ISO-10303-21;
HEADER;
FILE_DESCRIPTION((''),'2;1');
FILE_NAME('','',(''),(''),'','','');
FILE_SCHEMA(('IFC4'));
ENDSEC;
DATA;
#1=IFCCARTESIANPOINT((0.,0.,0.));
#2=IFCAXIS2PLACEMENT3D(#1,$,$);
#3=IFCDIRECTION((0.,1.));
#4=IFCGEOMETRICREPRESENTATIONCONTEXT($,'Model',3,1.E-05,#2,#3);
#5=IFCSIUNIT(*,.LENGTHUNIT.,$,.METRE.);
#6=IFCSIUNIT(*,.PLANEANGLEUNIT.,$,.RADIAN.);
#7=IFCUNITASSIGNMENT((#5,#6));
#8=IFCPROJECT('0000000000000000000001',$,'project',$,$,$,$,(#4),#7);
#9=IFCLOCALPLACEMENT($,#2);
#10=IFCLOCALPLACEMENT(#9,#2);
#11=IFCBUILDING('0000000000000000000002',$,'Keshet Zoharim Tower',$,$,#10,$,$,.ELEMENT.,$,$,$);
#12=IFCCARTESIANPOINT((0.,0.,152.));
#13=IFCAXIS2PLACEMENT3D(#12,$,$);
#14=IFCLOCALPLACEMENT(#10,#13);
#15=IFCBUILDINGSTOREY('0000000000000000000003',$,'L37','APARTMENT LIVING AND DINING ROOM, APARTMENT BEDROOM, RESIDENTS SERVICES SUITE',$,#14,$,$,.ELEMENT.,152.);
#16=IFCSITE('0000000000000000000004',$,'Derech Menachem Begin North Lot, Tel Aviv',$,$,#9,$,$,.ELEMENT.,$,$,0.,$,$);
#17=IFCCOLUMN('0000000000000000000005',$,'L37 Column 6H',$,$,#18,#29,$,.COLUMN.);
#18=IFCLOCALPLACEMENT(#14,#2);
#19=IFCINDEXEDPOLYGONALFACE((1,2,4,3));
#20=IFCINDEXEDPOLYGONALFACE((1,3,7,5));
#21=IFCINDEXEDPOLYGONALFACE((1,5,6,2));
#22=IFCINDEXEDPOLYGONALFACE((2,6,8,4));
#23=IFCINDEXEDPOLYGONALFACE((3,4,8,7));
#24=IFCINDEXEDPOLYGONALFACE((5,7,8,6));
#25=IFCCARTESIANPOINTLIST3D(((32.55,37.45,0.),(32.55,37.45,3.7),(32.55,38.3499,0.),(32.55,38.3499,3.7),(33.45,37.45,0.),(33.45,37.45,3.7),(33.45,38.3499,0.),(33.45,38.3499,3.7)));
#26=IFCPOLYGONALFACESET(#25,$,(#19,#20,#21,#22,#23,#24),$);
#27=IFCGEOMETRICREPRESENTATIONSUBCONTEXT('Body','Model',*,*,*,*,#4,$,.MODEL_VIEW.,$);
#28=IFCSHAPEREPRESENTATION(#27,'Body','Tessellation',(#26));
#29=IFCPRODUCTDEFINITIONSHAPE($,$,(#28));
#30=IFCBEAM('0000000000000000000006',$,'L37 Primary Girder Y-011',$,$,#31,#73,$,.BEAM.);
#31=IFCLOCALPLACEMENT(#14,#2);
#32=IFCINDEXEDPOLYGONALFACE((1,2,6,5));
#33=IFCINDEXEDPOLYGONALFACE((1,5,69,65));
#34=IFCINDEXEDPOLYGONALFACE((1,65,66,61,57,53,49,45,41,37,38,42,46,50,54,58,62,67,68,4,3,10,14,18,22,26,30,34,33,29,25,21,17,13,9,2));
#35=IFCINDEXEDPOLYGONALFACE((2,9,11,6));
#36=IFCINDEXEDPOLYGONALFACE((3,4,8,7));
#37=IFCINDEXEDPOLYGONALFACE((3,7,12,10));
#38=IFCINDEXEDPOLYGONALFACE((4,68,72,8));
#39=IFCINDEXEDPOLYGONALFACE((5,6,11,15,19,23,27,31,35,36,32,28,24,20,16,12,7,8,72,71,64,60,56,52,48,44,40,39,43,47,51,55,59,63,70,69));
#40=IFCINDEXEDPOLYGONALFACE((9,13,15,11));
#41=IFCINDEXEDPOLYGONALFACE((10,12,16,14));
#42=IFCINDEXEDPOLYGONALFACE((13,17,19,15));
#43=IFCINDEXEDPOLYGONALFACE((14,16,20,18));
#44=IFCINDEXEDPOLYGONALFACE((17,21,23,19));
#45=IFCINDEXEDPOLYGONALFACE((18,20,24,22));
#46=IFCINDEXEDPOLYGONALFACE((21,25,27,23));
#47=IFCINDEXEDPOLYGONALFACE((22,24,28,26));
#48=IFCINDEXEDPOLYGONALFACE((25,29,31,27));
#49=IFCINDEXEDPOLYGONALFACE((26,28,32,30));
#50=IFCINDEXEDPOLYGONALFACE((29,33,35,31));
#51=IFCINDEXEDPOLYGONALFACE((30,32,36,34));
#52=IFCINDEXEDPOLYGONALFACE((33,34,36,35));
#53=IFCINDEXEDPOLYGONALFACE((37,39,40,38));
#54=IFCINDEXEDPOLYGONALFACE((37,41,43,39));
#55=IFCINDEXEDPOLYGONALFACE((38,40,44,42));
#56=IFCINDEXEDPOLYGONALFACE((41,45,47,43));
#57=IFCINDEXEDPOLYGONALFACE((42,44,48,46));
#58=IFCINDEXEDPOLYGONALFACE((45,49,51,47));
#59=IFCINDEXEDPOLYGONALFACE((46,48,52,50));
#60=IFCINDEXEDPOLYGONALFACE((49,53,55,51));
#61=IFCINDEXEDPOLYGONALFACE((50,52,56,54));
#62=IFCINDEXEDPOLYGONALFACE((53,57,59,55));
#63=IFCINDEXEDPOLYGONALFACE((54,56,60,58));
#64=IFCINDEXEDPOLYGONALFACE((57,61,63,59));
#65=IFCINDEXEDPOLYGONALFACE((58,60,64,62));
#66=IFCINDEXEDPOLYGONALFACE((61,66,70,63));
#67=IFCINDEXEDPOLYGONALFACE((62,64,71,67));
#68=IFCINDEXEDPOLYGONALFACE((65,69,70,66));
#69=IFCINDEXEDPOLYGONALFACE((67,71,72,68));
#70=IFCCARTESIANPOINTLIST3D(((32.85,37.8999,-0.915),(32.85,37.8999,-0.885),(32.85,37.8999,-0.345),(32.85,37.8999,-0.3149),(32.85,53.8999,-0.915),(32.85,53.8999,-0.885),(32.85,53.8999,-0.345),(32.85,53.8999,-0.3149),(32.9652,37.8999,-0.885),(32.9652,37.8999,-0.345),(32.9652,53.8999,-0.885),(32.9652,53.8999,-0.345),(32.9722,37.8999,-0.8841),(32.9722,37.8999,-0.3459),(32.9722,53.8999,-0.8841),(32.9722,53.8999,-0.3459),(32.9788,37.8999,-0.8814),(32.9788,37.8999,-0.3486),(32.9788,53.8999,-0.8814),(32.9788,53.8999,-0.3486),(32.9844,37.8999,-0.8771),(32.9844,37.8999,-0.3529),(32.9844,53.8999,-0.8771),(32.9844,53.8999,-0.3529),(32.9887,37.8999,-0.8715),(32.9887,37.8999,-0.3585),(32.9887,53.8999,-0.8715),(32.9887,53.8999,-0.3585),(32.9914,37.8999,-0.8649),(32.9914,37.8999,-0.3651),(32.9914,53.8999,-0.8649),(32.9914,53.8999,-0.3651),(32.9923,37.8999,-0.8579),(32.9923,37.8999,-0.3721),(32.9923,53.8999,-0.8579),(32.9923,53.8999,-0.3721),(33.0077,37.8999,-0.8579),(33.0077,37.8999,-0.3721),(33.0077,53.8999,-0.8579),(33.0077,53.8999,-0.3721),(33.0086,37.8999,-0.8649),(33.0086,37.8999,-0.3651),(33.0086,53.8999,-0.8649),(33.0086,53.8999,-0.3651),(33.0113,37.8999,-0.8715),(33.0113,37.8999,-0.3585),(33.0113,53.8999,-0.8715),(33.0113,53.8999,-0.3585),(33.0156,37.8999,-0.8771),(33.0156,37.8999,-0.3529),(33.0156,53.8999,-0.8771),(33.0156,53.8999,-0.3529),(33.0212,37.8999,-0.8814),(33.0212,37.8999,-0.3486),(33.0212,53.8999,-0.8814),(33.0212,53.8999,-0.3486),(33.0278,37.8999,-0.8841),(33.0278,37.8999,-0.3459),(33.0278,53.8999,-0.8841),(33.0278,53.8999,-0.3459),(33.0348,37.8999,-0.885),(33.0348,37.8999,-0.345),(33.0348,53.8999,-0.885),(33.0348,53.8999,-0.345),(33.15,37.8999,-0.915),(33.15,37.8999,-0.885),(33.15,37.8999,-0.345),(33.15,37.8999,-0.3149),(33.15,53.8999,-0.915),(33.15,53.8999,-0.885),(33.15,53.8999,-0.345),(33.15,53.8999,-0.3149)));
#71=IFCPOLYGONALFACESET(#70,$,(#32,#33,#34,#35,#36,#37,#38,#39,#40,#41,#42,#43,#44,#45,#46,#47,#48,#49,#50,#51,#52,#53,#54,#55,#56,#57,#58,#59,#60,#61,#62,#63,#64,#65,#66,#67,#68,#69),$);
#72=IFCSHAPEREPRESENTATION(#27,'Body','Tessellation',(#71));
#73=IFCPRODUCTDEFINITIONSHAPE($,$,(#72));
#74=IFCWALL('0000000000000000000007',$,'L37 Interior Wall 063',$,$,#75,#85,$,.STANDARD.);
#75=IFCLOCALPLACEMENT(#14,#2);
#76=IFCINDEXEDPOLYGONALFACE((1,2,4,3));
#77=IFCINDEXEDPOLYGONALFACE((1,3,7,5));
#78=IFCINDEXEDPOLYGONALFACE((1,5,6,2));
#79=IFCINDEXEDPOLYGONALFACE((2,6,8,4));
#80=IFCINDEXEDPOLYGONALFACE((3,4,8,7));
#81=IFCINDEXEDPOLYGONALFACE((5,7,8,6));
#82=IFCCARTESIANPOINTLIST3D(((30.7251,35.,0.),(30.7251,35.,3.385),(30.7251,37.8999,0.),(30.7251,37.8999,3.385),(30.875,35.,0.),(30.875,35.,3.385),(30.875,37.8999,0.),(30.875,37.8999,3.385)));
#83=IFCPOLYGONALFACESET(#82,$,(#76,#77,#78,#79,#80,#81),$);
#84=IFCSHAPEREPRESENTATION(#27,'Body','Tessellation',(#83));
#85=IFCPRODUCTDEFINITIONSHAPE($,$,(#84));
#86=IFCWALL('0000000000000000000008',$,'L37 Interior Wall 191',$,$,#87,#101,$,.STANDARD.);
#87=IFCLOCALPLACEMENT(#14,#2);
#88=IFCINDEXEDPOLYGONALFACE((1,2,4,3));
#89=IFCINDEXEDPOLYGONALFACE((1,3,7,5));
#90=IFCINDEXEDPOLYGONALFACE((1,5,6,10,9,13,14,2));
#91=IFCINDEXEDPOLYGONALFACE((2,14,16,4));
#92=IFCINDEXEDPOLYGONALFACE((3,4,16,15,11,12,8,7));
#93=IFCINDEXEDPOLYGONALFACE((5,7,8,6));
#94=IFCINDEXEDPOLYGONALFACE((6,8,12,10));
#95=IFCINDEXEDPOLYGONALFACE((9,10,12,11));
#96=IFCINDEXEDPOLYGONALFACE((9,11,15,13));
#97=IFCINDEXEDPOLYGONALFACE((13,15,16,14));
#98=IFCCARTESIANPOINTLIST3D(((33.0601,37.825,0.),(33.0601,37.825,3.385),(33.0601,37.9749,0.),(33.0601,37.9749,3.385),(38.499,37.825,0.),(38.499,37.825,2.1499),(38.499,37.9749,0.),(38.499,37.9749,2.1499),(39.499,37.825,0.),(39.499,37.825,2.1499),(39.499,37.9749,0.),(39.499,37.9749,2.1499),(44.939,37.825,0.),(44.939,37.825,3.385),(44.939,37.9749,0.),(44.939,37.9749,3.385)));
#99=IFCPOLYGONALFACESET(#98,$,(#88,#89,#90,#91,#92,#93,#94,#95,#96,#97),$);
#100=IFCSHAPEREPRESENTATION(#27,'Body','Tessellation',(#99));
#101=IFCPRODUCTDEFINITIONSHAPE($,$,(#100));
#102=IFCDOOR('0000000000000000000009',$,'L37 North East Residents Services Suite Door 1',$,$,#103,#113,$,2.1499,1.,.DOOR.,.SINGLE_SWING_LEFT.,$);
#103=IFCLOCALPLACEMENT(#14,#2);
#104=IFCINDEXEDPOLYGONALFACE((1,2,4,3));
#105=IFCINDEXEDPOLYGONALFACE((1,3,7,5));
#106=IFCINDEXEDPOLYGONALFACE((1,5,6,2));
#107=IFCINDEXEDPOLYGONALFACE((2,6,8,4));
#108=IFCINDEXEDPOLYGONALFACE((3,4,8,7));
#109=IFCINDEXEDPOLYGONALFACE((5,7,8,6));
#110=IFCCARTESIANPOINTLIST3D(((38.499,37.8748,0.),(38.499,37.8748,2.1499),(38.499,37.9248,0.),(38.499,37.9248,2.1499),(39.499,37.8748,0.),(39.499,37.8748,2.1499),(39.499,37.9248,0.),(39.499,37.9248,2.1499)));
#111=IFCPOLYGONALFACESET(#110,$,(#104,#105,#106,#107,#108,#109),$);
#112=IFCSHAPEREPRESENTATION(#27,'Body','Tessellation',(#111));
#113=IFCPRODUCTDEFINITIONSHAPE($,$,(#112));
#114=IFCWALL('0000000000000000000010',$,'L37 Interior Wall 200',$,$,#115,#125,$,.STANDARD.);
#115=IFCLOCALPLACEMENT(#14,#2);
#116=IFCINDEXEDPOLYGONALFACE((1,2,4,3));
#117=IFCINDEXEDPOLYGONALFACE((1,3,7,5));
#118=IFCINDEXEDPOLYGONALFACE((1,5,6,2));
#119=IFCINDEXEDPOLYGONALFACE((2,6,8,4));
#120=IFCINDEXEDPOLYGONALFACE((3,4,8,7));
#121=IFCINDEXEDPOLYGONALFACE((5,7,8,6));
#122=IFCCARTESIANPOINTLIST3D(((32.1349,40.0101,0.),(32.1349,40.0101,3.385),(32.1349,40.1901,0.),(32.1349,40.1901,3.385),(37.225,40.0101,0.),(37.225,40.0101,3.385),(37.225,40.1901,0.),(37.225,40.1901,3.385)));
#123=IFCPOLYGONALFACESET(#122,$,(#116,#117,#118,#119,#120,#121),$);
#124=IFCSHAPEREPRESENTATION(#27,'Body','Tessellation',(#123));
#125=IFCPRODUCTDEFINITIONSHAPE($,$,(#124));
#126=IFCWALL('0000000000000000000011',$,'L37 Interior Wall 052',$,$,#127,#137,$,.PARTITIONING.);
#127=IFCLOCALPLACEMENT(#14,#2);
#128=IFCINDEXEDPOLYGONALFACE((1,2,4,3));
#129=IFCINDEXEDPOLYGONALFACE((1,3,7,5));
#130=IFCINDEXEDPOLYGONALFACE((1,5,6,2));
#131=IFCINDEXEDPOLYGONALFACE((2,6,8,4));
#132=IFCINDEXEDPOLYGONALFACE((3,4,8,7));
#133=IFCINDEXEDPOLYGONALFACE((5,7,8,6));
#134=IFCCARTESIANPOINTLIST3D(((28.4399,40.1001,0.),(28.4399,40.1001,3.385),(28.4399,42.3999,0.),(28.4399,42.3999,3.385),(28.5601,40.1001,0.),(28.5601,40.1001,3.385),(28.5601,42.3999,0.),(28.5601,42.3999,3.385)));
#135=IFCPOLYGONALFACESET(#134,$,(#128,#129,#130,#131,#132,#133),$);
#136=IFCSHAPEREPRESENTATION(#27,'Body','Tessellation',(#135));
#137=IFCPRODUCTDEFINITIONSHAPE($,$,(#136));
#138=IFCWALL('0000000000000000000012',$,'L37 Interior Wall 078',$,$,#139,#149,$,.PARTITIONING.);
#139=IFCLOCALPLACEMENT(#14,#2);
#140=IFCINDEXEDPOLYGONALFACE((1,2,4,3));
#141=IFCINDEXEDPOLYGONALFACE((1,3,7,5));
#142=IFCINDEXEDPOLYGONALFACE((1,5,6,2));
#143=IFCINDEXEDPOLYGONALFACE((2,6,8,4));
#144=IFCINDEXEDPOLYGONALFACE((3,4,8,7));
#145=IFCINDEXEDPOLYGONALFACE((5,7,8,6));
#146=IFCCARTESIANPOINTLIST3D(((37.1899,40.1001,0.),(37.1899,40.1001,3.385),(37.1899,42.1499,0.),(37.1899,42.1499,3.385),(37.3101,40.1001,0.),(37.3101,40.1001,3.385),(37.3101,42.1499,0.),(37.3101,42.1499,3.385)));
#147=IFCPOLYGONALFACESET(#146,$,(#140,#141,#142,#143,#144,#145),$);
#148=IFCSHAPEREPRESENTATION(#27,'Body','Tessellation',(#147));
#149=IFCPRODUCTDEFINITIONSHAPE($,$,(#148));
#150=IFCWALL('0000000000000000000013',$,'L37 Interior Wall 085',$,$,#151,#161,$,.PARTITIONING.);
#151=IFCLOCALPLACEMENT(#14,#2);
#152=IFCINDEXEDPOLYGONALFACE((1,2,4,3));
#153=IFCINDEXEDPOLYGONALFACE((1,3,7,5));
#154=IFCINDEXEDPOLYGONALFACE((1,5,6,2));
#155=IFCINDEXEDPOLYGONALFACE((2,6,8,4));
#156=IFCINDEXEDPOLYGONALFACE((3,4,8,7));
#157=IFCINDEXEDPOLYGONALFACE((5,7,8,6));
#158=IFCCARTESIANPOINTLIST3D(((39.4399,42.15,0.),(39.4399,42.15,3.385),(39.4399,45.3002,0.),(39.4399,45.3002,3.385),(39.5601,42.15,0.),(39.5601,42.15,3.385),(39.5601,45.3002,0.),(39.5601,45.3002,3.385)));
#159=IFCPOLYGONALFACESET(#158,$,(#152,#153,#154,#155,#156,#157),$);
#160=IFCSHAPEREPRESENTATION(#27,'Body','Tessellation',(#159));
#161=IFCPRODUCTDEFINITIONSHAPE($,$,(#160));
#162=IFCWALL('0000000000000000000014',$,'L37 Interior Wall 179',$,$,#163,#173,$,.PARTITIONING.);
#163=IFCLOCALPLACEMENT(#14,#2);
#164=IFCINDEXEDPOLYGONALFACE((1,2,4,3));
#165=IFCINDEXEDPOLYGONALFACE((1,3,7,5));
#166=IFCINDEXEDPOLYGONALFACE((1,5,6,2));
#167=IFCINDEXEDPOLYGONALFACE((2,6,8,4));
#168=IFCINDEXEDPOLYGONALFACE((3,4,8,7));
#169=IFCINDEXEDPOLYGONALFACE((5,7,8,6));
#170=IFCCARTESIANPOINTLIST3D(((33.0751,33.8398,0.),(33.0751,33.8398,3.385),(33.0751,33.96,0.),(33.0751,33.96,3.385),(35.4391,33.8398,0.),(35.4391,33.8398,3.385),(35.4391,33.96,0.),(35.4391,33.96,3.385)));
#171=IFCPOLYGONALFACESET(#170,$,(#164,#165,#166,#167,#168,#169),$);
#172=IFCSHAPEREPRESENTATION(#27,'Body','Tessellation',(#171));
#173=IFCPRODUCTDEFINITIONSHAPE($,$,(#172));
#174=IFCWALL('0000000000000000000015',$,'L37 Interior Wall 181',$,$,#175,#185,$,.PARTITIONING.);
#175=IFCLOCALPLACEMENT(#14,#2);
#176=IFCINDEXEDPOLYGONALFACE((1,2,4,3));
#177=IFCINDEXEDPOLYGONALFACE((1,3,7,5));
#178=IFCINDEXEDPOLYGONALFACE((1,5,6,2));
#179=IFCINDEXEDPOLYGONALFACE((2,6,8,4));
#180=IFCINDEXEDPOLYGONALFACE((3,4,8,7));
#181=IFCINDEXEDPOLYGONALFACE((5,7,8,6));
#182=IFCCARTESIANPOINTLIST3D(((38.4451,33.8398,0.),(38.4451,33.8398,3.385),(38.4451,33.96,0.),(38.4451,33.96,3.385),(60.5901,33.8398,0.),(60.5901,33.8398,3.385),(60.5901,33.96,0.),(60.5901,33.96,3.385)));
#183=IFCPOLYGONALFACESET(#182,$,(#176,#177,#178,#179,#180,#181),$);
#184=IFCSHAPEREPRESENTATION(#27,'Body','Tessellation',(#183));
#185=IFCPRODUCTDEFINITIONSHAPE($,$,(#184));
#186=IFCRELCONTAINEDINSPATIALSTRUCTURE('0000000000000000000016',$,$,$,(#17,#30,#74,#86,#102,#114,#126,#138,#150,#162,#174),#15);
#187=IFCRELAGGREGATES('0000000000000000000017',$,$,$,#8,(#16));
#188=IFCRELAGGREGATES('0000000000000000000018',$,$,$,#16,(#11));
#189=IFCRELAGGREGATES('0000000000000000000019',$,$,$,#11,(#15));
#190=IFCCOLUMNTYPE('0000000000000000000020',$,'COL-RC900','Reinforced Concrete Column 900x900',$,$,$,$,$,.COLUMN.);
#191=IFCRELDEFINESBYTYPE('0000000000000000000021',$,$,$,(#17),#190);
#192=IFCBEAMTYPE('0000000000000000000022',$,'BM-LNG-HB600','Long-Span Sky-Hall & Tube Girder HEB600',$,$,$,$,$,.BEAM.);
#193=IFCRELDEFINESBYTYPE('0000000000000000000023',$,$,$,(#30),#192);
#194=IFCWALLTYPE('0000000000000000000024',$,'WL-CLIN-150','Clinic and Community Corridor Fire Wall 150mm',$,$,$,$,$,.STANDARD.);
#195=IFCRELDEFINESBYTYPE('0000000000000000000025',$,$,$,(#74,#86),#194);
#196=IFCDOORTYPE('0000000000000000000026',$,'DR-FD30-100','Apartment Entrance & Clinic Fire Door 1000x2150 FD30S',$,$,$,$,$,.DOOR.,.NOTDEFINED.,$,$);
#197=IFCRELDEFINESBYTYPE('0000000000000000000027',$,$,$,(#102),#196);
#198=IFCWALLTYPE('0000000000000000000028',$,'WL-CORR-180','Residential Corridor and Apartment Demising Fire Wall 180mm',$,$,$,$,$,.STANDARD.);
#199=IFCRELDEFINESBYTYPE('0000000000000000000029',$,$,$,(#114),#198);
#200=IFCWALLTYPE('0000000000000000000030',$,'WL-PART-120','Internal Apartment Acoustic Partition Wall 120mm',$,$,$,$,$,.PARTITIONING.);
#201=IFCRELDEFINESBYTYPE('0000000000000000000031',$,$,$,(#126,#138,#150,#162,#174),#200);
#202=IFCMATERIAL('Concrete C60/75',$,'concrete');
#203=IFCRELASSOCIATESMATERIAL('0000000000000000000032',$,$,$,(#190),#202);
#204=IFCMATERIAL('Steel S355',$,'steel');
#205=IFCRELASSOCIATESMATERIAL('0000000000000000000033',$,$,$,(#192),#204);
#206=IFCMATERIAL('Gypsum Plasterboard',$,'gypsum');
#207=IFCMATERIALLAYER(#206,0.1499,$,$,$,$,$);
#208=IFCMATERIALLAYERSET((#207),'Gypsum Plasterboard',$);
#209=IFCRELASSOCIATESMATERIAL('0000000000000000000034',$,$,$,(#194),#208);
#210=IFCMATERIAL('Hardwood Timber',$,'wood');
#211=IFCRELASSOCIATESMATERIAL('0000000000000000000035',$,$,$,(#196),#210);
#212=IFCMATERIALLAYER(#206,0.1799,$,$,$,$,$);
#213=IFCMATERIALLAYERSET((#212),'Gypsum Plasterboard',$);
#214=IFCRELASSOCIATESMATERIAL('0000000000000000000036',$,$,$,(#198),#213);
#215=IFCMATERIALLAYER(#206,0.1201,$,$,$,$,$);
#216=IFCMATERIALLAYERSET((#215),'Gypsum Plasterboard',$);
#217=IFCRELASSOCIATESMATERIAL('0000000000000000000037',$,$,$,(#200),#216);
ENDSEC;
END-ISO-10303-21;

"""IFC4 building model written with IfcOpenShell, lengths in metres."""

from ifc_helpers import new_model, si_unit, direction, frame, frame_2d, origin, origin_2d, place, context, subcontext, project, spatial, rectangle, i_section, extrude, material, layer, layer_set, material_profile, profile_set, type_object, element, fill, save


model = new_model("IFC4")

# Units and contexts
model_context = context("Model", 3, precision=1e-05, world=origin(), true_north=direction((0.0, 1.0)))
body_context = subcontext(model_context, "Body", "Model", "MODEL_VIEW")
ifc_project = project(units=[si_unit("LENGTHUNIT", "METRE"), si_unit("PLANEANGLEUNIT", "RADIAN")], contexts=[model_context])

# Site, building, storey
site_placement = place(None, origin())
site = spatial("IfcSite", under=ifc_project, at=site_placement, Name="Derech Menachem Begin North Lot, Tel Aviv", CompositionType="ELEMENT", RefElevation=0.0)
building_placement = place(site_placement, origin())
building = spatial("IfcBuilding", under=site, at=building_placement, Name="Keshet Zoharim Tower", CompositionType="ELEMENT")
storey_placement = place(building_placement, frame((0.0, 0.0, 152.0)))
storey = spatial("IfcBuildingStorey", under=building, at=storey_placement, Name="L37", Description="APARTMENT LIVING AND DINING ROOM, APARTMENT BEDROOM, RESIDENTS SERVICES SUITE", CompositionType="ELEMENT", Elevation=152.0)

# Column
ifc_material_1 = material(Name="Concrete C60/75", Category="concrete")
ifc_material_profile_1 = material_profile(ifc_material_1, rectangle(XDim=0.8999, YDim=0.8999, at=origin_2d()), Name="RC900x900")
ifc_profile_set_1 = profile_set([ifc_material_profile_1], Name="Concrete C60/75")
column_type = type_object("IfcColumnType", Name="COL-RC900", Description="Reinforced Concrete Column 900x900", PredefinedType="COLUMN", material=ifc_profile_set_1)
column_placement = place(storey_placement, frame((33.0, 37.8999, 0.0), z_axis=(0.0, 0.0, 1.0), x_axis=(1.0, 0.0, 0.0)))
element("IfcColumn", 1, at=column_placement, inside=storey, type_object=column_type, Name="L37 Column 6H", PredefinedType="COLUMN", context=body_context, shape_type="SweptSolid", body=[
    extrude(rectangle(XDim=0.8999, YDim=0.8999, at=origin_2d()), origin(), (0.0, 0.0, 1.0), 3.7),
])

# Beam
ifc_material_2 = material(Name="Steel S355", Category="steel")
ifc_material_profile_2 = material_profile(ifc_material_2, i_section(OverallWidth=0.3, OverallDepth=0.6001, WebThickness=0.0154, FlangeThickness=0.03, FilletRadius=0.0271, at=origin_2d()), Name="HEB600")
ifc_profile_set_2 = profile_set([ifc_material_profile_2], Name="Steel S355")
beam_type = type_object("IfcBeamType", Name="BM-LNG-HB600", Description="Long-Span Sky-Hall & Tube Girder HEB600", PredefinedType="BEAM", material=ifc_profile_set_2)
beam_placement = place(storey_placement, frame((33.0, 37.8999, -0.615), z_axis=(0.0, 1.0, 0.0), x_axis=(-1.0, 0.0, 0.0)))
element("IfcBeam", 2, at=beam_placement, inside=storey, type_object=beam_type, Name="L37 Primary Girder Y-011", PredefinedType="BEAM", context=body_context, shape_type="SweptSolid", body=[
    extrude(i_section(OverallWidth=0.3, OverallDepth=0.6001, WebThickness=0.0154, FlangeThickness=0.03, FilletRadius=0.0271, at=origin_2d()), origin(), (0.0, 0.0, 1.0), 16.0),
])

# Wall
ifc_material_3 = material(Name="Gypsum Plasterboard", Category="gypsum")
ifc_layer_1 = layer(ifc_material_3, 0.1499)
ifc_layer_set_1 = layer_set([ifc_layer_1], Name="Gypsum Plasterboard")
wall_type_1 = type_object("IfcWallType", Name="WL-CLIN-150", Description="Clinic and Community Corridor Fire Wall 150mm", PredefinedType="STANDARD", material=ifc_layer_set_1)
wall_1_placement = place(storey_placement, frame((30.8, 35.0, 0.0), z_axis=(0.0, 0.0, 1.0), x_axis=(0.0, 1.0, 0.0)))
element("IfcWall", 3, at=wall_1_placement, inside=storey, type_object=wall_type_1, Name="L37 Interior Wall 063", PredefinedType="STANDARD", context=body_context, shape_type="SweptSolid", body=[
    extrude(rectangle(XDim=2.8999, YDim=0.1499, at=frame_2d((1.45, 0.0))), origin(), (0.0, 0.0, 1.0), 3.385),
])

# Wall, opening, door
wall_2_placement = place(storey_placement, frame((33.0601, 37.8999, 0.0), z_axis=(0.0, 0.0, 1.0), x_axis=(1.0, 0.0, 0.0)))
wall_2 = element("IfcWall", 4, at=wall_2_placement, inside=storey, type_object=wall_type_1, Name="L37 Interior Wall 191", PredefinedType="STANDARD", context=body_context, shape_type="SweptSolid", body=[
    extrude(rectangle(XDim=11.8789, YDim=0.1499, at=frame_2d((5.9395, 0.0))), origin(), (0.0, 0.0, 1.0), 3.385),
])
opening_1_placement = place(wall_2_placement, frame((5.439, 0.0, 0.0)))
opening_1 = element("IfcOpeningElement", 5, at=opening_1_placement, cuts=wall_2, PredefinedType="OPENING", context=body_context, shape_type="SweptSolid", body=[
    extrude(rectangle(XDim=1.0, YDim=2.1499, at=frame_2d((0.5, 1.075))), frame((0.0, 0.085, 0.0), z_axis=(0.0, -1.0, 0.0), x_axis=(1.0, 0.0, 0.0)), (0.0, 0.0, 1.0), 0.1699),
])
ifc_material_4 = material(Name="Hardwood Timber", Category="wood")
door_type_1 = type_object("IfcDoorType", Name="DR-FD30-100", Description="Apartment Entrance & Clinic Fire Door 1000x2150 FD30S", OperationType="NOTDEFINED", PredefinedType="DOOR", material=ifc_material_4)
door_1_placement = place(opening_1_placement, origin())
door_1 = element("IfcDoor", 6, at=door_1_placement, inside=storey, type_object=door_type_1, Name="L37 North East Residents Services Suite Door 1", OperationType="SINGLE_SWING_LEFT", OverallHeight=2.1499, OverallWidth=1.0, PredefinedType="DOOR", context=body_context, shape_type="SweptSolid", body=[
    extrude(rectangle(XDim=1.0, YDim=2.1499, at=frame_2d((0.5, 1.075))), frame((0.0, 0.0249, 0.0), z_axis=(0.0, -1.0, 0.0), x_axis=(1.0, 0.0, 0.0)), (0.0, 0.0, 1.0), 0.05),
])
fill(opening_1, door_1)
ifc_layer_2 = layer(ifc_material_3, 0.1799)
ifc_layer_set_2 = layer_set([ifc_layer_2], Name="Gypsum Plasterboard")
wall_type_2 = type_object("IfcWallType", Name="WL-CORR-180", Description="Residential Corridor and Apartment Demising Fire Wall 180mm", PredefinedType="STANDARD", material=ifc_layer_set_2)

# Wall
wall_3_placement = place(storey_placement, frame((32.135, 40.1001, 0.0), z_axis=(0.0, 0.0, 1.0), x_axis=(1.0, 0.0, 0.0)))
element("IfcWall", 7, at=wall_3_placement, inside=storey, type_object=wall_type_2, Name="L37 Interior Wall 200", PredefinedType="STANDARD", context=body_context, shape_type="SweptSolid", body=[
    extrude(rectangle(XDim=5.0901, YDim=0.1799, at=frame_2d((2.5449, 0.0))), origin(), (0.0, 0.0, 1.0), 3.385),
])

# Wall
ifc_layer_3 = layer(ifc_material_3, 0.1201)
ifc_layer_set_3 = layer_set([ifc_layer_3], Name="Gypsum Plasterboard")
wall_type_3 = type_object("IfcWallType", Name="WL-PART-120", Description="Internal Apartment Acoustic Partition Wall 120mm", PredefinedType="PARTITIONING", material=ifc_layer_set_3)
wall_4_placement = place(storey_placement, frame((28.5, 40.1001, 0.0), z_axis=(0.0, 0.0, 1.0), x_axis=(0.0, 1.0, 0.0)))
element("IfcWall", 8, at=wall_4_placement, inside=storey, type_object=wall_type_3, Name="L37 Interior Wall 052", PredefinedType="PARTITIONING", context=body_context, shape_type="SweptSolid", body=[
    extrude(rectangle(XDim=2.2998, YDim=0.1201, at=frame_2d((1.1499, 0.0))), origin(), (0.0, 0.0, 1.0), 3.385),
])

# Walls
wall_5_placement = place(storey_placement, frame((37.25, 40.1001, 0.0), z_axis=(0.0, 0.0, 1.0), x_axis=(0.0, 1.0, 0.0)))
element("IfcWall", 9, at=wall_5_placement, inside=storey, type_object=wall_type_3, Name="L37 Interior Wall 078", PredefinedType="PARTITIONING", context=body_context, shape_type="SweptSolid", body=[
    extrude(rectangle(XDim=2.0498, YDim=0.1201, at=frame_2d((1.0249, 0.0))), origin(), (0.0, 0.0, 1.0), 3.385),
])
wall_6_placement = place(storey_placement, frame((39.5, 42.1499, 0.0), z_axis=(0.0, 0.0, 1.0), x_axis=(0.0, 1.0, 0.0)))
element("IfcWall", 10, at=wall_6_placement, inside=storey, type_object=wall_type_3, Name="L37 Interior Wall 085", PredefinedType="PARTITIONING", context=body_context, shape_type="SweptSolid", body=[
    extrude(rectangle(XDim=3.1501, YDim=0.1201, at=frame_2d((1.5752, 0.0))), origin(), (0.0, 0.0, 1.0), 3.385),
])
wall_7_placement = place(storey_placement, frame((33.075, 33.8999, 0.0), z_axis=(0.0, 0.0, 1.0), x_axis=(1.0, 0.0, 0.0)))
element("IfcWall", 11, at=wall_7_placement, inside=storey, type_object=wall_type_3, Name="L37 Interior Wall 179", PredefinedType="PARTITIONING", context=body_context, shape_type="SweptSolid", body=[
    extrude(rectangle(XDim=2.364, YDim=0.1201, at=frame_2d((1.1821, 0.0))), origin(), (0.0, 0.0, 1.0), 3.385),
])
wall_8_placement = place(storey_placement, frame((38.4451, 33.8999, 0.0), z_axis=(0.0, 0.0, 1.0), x_axis=(1.0, 0.0, 0.0)))
element("IfcWall", 12, at=wall_8_placement, inside=storey, type_object=wall_type_3, Name="L37 Interior Wall 181", PredefinedType="PARTITIONING", context=body_context, shape_type="SweptSolid", body=[
    extrude(rectangle(XDim=22.145, YDim=0.1201, at=frame_2d((11.0725, 0.0))), origin(), (0.0, 0.0, 1.0), 3.385),
])

save(model, "model.ifc")
